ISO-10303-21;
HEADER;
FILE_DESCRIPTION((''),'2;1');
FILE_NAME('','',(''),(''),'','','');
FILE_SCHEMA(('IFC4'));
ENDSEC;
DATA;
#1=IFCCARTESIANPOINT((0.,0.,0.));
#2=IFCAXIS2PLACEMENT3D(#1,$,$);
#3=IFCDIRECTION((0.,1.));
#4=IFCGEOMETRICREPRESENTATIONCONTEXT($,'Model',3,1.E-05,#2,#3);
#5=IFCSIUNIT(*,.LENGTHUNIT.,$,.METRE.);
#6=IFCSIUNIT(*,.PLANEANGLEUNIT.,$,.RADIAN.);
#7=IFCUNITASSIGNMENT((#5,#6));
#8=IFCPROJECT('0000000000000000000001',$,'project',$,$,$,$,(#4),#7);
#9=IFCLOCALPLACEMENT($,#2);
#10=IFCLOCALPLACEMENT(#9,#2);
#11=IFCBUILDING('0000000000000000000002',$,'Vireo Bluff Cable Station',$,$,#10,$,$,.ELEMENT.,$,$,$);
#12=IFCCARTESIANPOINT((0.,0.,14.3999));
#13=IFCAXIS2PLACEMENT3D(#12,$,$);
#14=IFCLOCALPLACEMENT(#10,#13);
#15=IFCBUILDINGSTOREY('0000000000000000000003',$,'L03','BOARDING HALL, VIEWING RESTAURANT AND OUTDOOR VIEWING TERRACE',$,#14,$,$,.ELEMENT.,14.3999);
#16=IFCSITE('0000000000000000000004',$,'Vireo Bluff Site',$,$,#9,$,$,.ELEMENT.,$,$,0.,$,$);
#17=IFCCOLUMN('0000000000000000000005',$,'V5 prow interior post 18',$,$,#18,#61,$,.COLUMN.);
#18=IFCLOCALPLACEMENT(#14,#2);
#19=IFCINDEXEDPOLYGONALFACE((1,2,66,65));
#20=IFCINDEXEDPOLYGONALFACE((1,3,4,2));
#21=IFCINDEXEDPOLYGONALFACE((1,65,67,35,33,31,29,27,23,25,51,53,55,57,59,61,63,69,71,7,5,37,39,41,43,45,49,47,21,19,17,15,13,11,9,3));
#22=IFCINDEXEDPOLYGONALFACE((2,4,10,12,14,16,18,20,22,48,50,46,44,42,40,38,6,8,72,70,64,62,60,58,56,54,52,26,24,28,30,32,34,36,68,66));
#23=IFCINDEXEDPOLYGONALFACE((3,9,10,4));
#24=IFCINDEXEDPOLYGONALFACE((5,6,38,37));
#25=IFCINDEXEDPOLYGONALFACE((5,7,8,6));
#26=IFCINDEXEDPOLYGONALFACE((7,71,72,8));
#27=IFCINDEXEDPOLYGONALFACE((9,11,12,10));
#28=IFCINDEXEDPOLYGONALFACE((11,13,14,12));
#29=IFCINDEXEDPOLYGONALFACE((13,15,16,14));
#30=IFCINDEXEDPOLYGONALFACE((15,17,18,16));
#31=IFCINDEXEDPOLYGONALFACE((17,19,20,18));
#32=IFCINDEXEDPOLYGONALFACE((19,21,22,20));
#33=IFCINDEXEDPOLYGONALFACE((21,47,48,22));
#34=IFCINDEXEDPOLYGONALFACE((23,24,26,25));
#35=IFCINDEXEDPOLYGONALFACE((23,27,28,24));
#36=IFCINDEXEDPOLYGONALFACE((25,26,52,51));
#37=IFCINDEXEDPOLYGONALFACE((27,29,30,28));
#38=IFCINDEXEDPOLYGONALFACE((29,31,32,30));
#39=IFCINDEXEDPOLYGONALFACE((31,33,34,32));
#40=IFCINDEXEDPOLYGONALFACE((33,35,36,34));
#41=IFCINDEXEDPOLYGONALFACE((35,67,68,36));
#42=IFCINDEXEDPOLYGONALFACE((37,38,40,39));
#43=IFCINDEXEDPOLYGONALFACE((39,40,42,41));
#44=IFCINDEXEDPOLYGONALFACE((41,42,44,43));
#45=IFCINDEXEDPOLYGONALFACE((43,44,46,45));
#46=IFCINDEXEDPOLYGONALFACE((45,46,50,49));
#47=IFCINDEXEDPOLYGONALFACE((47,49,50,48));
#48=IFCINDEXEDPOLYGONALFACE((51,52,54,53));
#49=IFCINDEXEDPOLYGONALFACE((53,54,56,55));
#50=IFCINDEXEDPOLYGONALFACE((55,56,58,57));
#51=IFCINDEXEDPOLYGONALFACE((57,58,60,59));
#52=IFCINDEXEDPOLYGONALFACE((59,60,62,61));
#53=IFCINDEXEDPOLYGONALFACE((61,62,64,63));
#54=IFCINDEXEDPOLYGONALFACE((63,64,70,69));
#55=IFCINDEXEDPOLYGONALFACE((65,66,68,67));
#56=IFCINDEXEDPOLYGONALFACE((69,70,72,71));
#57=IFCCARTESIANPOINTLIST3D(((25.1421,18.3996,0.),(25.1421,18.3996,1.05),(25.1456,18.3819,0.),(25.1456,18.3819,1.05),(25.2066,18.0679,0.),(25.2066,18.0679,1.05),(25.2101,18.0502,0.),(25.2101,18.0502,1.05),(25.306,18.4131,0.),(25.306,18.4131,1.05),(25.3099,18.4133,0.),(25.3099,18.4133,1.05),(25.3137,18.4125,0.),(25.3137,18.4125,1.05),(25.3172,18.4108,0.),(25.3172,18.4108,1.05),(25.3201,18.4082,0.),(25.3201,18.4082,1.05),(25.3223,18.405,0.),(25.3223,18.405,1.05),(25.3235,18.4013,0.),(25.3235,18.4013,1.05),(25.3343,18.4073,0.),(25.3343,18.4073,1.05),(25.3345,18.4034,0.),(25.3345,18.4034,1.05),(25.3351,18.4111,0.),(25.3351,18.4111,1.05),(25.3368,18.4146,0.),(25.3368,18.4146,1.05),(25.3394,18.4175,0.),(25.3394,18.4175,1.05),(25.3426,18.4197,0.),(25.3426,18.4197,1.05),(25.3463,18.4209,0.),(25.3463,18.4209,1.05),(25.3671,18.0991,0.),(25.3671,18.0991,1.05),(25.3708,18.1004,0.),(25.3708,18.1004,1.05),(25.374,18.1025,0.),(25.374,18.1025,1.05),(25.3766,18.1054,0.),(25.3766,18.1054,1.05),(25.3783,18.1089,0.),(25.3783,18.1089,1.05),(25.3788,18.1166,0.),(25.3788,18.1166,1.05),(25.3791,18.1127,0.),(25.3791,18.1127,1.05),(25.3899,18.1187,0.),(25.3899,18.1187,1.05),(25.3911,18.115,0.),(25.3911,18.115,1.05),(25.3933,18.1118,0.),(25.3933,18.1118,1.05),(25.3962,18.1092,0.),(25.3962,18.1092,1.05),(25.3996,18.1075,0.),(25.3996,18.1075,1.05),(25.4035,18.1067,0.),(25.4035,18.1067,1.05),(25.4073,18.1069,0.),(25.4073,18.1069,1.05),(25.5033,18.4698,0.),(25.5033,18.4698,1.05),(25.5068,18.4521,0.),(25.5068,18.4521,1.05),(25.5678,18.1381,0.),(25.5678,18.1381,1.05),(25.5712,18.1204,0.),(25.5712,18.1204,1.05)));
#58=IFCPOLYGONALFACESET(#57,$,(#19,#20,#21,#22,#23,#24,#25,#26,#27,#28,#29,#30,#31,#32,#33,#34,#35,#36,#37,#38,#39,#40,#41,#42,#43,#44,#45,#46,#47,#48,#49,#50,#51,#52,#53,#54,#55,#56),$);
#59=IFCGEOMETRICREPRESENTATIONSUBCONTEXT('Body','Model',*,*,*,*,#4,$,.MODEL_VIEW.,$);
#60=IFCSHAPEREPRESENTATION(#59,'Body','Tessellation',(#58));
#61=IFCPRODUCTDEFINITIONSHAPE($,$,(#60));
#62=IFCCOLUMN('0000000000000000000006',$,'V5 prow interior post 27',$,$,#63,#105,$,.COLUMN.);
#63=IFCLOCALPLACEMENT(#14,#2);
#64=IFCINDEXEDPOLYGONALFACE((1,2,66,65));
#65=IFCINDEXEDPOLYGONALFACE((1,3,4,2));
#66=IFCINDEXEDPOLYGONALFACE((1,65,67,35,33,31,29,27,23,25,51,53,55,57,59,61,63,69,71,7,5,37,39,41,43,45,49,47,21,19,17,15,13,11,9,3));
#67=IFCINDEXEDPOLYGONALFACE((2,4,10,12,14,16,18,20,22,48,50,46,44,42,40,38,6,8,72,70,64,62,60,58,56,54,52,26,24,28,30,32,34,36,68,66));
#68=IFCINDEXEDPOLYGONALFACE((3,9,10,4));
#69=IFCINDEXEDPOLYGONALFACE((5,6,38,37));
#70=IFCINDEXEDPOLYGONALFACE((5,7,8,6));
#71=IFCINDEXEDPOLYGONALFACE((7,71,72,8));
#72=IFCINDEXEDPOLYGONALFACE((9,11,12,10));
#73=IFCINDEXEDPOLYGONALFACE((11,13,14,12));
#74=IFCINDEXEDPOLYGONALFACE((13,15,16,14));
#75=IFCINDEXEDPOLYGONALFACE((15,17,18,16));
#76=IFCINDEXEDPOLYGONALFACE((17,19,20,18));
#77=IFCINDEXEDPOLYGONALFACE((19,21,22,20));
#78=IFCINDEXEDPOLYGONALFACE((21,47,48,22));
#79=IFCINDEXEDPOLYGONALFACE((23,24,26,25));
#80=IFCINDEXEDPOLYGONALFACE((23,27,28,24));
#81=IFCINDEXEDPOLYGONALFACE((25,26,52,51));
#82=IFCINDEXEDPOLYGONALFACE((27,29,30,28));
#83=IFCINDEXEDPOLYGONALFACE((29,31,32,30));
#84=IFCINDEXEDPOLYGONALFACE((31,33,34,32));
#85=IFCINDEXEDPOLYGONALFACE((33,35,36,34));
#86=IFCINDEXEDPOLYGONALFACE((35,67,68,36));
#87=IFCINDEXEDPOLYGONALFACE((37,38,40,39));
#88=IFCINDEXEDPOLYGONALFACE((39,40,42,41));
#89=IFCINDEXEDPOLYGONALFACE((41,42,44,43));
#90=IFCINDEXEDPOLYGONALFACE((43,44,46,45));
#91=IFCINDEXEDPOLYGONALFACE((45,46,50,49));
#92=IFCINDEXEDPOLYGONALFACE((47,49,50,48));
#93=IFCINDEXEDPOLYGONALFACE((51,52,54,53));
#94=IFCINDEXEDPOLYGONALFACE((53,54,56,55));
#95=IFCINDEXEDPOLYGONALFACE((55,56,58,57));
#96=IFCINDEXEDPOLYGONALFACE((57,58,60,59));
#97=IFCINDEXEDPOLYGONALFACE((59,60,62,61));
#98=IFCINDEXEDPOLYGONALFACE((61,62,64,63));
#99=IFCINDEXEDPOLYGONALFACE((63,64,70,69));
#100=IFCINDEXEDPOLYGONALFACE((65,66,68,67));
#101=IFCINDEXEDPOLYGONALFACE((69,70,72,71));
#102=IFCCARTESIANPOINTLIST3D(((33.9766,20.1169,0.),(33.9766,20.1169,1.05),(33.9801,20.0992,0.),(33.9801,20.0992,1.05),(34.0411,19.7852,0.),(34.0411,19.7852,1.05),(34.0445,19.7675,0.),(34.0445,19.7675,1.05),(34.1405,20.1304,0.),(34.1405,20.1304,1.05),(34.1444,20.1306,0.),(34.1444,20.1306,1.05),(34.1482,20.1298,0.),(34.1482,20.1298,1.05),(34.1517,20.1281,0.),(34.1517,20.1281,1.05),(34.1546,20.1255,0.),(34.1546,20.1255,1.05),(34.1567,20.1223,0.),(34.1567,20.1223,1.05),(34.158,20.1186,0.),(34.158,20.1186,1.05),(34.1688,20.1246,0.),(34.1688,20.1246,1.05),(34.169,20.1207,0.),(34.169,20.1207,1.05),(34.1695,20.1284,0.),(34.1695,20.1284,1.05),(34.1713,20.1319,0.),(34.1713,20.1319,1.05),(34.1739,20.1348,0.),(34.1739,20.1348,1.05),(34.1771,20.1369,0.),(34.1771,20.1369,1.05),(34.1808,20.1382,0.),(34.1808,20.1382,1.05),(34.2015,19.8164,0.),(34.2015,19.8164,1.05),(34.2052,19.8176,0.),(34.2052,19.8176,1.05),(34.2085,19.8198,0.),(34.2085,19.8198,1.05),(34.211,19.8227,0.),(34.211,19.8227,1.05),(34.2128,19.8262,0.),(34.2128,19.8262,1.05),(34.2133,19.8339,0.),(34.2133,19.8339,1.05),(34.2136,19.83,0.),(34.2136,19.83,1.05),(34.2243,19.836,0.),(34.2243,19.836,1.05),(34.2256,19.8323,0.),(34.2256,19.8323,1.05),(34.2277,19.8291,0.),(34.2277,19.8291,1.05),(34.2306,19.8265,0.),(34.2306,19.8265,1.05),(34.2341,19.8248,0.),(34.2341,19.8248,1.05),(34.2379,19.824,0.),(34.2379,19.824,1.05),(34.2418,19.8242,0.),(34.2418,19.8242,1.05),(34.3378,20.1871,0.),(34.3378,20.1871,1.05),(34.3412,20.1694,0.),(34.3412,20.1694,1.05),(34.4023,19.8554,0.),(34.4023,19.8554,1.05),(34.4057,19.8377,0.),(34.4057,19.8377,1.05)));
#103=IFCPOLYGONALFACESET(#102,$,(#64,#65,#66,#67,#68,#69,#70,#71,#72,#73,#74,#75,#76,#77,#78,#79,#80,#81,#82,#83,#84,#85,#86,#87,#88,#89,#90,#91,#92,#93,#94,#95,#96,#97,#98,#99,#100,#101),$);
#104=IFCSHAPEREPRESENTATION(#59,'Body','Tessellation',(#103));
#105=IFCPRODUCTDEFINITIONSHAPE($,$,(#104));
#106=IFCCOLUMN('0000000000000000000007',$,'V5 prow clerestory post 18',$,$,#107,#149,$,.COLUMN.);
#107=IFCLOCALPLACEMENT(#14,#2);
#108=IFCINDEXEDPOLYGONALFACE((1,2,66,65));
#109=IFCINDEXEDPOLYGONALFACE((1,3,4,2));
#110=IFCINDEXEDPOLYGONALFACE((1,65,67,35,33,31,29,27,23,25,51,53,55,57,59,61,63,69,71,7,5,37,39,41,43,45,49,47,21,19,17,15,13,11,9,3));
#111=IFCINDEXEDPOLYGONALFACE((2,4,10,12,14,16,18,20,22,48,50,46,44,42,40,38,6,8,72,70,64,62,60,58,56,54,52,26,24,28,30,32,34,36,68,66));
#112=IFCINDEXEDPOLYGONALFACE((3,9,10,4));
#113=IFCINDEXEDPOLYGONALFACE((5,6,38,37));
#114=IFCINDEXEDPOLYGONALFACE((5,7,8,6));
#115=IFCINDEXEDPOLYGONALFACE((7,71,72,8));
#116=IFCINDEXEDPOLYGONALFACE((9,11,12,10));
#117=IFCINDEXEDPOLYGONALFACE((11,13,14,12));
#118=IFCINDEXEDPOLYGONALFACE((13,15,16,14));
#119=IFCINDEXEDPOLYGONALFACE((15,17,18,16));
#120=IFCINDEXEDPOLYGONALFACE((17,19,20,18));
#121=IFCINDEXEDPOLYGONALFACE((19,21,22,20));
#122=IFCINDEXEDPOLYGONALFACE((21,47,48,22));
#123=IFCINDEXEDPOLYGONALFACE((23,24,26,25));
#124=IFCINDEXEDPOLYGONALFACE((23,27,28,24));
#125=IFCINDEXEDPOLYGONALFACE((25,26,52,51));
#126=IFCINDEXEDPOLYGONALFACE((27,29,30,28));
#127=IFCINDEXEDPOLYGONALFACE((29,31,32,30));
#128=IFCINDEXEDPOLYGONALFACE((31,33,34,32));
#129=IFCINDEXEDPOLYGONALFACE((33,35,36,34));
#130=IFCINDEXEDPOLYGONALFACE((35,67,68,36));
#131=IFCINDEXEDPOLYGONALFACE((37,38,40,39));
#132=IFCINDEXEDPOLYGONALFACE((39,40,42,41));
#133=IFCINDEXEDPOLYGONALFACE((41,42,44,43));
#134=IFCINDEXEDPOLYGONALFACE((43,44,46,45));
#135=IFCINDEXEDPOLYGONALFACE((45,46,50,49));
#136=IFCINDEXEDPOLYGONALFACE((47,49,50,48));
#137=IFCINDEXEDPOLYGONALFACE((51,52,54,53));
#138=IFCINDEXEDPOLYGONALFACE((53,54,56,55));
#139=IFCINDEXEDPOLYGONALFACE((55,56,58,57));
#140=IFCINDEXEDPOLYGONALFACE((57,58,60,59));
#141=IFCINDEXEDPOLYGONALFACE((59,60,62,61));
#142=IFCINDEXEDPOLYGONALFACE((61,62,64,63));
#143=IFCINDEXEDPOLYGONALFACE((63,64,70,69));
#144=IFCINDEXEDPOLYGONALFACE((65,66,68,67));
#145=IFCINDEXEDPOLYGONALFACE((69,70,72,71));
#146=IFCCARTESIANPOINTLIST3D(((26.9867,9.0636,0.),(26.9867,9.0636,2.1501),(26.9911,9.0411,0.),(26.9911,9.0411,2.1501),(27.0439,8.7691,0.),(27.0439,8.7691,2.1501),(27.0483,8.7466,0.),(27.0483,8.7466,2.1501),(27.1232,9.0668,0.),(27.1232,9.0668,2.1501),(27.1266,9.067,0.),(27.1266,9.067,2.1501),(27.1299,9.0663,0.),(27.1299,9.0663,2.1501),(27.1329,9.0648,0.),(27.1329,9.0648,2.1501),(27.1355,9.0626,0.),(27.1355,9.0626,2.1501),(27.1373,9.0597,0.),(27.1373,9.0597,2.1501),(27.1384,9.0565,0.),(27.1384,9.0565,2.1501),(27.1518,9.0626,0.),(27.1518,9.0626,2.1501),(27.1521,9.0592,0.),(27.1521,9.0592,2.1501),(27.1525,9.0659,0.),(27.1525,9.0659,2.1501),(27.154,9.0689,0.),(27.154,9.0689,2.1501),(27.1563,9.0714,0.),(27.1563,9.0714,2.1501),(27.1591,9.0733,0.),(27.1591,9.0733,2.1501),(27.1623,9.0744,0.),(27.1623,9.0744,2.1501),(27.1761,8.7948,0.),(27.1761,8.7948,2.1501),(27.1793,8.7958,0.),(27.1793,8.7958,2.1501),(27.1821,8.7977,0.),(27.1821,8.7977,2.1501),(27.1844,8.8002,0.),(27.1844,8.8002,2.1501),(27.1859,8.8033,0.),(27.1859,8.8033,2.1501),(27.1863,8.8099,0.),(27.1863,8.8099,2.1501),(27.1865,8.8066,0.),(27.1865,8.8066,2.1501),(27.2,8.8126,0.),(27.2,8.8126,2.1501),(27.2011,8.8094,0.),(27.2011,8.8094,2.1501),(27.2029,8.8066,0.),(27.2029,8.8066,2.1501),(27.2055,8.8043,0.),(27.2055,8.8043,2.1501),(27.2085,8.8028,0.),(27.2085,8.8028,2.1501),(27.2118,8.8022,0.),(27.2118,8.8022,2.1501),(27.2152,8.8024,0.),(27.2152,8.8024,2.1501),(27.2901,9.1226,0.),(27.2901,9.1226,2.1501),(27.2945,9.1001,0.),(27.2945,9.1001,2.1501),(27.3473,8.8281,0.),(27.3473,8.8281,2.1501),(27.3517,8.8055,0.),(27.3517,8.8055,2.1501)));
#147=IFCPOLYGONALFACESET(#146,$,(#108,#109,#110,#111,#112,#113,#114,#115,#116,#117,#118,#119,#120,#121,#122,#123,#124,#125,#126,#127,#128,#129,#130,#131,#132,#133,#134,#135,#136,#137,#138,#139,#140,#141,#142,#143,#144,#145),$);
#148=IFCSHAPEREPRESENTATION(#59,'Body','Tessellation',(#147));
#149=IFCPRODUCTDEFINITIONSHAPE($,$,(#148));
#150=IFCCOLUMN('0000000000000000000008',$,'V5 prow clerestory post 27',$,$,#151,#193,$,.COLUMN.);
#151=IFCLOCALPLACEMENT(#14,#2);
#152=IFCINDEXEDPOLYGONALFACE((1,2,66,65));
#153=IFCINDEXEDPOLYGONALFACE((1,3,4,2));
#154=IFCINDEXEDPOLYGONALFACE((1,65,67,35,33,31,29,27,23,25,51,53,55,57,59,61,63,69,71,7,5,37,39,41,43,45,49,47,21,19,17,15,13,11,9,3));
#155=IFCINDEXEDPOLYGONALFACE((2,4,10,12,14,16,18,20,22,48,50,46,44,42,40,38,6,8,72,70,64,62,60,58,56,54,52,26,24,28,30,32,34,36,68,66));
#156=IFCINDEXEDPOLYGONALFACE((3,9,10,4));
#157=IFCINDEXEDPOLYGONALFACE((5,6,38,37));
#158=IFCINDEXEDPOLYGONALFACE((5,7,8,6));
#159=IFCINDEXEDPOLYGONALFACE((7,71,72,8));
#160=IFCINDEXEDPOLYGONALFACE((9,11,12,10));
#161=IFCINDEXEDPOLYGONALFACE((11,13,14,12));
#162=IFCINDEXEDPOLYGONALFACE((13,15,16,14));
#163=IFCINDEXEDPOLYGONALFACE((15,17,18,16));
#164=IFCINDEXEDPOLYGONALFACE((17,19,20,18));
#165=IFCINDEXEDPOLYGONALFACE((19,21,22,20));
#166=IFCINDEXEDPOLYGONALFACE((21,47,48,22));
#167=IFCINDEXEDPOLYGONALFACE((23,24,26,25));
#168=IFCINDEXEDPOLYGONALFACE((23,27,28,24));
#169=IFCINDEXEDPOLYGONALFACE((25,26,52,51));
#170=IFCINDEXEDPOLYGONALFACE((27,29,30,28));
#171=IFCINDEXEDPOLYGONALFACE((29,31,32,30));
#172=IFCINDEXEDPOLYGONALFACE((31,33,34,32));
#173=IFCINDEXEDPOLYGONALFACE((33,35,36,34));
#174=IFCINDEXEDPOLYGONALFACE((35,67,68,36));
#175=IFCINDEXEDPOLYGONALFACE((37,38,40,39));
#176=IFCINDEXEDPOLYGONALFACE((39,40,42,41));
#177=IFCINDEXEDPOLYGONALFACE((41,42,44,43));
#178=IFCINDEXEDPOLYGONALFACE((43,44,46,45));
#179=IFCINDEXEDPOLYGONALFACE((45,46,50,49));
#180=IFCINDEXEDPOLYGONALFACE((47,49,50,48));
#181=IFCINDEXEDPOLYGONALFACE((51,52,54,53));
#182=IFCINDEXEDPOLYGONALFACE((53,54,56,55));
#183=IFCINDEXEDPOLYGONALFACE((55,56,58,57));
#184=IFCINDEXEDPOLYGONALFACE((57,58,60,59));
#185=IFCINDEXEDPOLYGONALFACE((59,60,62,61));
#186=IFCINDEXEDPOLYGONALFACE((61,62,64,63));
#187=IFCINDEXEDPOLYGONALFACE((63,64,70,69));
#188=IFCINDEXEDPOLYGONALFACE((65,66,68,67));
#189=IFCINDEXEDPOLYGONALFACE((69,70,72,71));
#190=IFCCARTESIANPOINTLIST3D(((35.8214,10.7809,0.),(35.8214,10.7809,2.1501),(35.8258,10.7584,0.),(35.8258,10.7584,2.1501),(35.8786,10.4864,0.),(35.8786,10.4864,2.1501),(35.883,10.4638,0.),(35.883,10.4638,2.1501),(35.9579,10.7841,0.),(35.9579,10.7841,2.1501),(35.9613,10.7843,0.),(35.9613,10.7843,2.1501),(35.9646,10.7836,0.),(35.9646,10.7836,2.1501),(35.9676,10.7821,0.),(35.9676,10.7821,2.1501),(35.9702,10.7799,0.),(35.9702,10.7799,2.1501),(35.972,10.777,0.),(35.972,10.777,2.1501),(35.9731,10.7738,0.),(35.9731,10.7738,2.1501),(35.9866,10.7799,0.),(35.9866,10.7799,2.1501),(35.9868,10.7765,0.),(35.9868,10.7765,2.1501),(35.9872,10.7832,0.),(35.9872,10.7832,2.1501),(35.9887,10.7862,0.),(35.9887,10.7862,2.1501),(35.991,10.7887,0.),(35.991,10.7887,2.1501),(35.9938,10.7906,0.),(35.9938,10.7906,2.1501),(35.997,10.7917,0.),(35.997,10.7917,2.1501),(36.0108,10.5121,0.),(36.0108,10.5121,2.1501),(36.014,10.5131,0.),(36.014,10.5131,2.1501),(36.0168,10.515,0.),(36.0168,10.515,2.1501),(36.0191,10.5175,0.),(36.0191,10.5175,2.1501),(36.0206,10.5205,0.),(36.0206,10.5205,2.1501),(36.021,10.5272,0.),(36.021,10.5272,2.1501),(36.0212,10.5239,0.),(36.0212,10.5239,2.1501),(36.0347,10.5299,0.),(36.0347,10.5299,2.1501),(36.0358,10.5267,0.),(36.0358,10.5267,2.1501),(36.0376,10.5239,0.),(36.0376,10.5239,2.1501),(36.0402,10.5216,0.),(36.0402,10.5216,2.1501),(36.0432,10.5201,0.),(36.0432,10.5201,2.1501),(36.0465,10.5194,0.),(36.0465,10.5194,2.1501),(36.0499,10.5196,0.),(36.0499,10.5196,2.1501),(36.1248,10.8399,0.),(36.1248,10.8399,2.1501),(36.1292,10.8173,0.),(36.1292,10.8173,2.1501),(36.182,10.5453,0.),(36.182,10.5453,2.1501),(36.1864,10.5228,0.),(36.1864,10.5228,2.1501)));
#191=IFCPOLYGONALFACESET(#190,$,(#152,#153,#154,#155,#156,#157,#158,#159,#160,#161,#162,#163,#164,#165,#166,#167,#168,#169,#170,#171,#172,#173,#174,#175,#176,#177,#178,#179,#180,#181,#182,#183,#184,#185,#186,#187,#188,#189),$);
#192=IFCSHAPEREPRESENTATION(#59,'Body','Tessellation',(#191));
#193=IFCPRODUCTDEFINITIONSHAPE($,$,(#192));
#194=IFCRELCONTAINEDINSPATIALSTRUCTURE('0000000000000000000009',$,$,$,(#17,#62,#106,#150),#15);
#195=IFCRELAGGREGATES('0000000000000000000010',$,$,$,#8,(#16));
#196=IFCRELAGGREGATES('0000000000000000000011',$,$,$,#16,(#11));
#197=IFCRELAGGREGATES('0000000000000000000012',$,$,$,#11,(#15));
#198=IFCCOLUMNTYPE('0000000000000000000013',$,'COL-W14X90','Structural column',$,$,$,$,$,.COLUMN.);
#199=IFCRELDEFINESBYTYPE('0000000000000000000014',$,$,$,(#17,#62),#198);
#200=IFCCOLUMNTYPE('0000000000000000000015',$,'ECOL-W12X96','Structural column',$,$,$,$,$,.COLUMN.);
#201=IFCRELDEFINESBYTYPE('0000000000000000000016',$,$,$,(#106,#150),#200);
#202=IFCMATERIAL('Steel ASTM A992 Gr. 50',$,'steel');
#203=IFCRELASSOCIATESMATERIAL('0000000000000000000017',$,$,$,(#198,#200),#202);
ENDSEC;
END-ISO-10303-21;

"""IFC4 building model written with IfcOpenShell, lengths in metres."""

from ifc_helpers import new_model, si_unit, direction, frame, origin, origin_2d, place, context, subcontext, project, spatial, i_section, extrude, material, material_profile, profile_set, type_object, element, save


model = new_model("IFC4")

# Units and contexts
model_context = context("Model", 3, precision=1e-05, world=origin(), true_north=direction((0.0, 1.0)))
body_context = subcontext(model_context, "Body", "Model", "MODEL_VIEW")
ifc_project = project(units=[si_unit("LENGTHUNIT", "METRE"), si_unit("PLANEANGLEUNIT", "RADIAN")], contexts=[model_context])

# Site, building, storey
site_placement = place(None, origin())
site = spatial("IfcSite", under=ifc_project, at=site_placement, Name="Vireo Bluff Site", CompositionType="ELEMENT", RefElevation=0.0)
building_placement = place(site_placement, origin())
building = spatial("IfcBuilding", under=site, at=building_placement, Name="Vireo Bluff Cable Station", CompositionType="ELEMENT")
storey_placement = place(building_placement, frame((0.0, 0.0, 14.3999)))
storey = spatial("IfcBuildingStorey", under=building, at=storey_placement, Name="L03", Description="BOARDING HALL, VIEWING RESTAURANT AND OUTDOOR VIEWING TERRACE", CompositionType="ELEMENT", Elevation=14.3999)

# Columns
ifc_material_1 = material(Name="Steel ASTM A992 Gr. 50", Category="steel")
ifc_material_profile_1 = material_profile(ifc_material_1, i_section(OverallWidth=0.3679, OverallDepth=0.356, WebThickness=0.0112, FlangeThickness=0.0181, FilletRadius=0.0149, at=origin_2d()), Name="W14X90")
ifc_profile_set_1 = profile_set([ifc_material_profile_1], Name="Steel ASTM A992 Gr. 50")
column_type_1 = type_object("IfcColumnType", Name="COL-W14X90", Description="Structural column", PredefinedType="COLUMN", material=ifc_profile_set_1)
for number, where, z_axis, x_axis, name in (
    (1, (25.3567, 18.26, 0.0), (0.0, 0.0, 1.0), (0.981627, 0.190809, 0.0), "V5 prow interior post 18"),
    (2, (34.1912, 19.9773, 0.0), (0.0, 0.0, 1.0), (0.981627, 0.190809, 0.0), "V5 prow interior post 27"),
):
    element("IfcColumn", number, at=place(storey_placement, frame(where, z_axis=z_axis, x_axis=x_axis)), inside=storey, type_object=column_type_1, Name=name, PredefinedType="COLUMN", context=body_context, shape_type="SweptSolid", body=[
        extrude(i_section(OverallWidth=0.3679, OverallDepth=0.356, WebThickness=0.0112, FlangeThickness=0.0181, FilletRadius=0.0149, at=origin_2d()), origin(), (0.0, 0.0, 1.0), 1.05),
    ])
ifc_material_profile_2 = material_profile(ifc_material_1, i_section(OverallWidth=0.3091, OverallDepth=0.323, WebThickness=0.0139, FlangeThickness=0.0229, FilletRadius=0.0129, at=origin_2d()), Name="W12X96")
ifc_profile_set_2 = profile_set([ifc_material_profile_2], Name="Steel ASTM A992 Gr. 50")
column_type_2 = type_object("IfcColumnType", Name="ECOL-W12X96", Description="Structural column", PredefinedType="COLUMN", material=ifc_profile_set_2)
for number, where, z_axis, x_axis, name in (
    (3, (27.1692, 8.9346, 0.0), (0.0, 0.0, 1.0), (0.981627, 0.190809, 0.0), "V5 prow clerestory post 18"),
    (4, (36.0039, 10.6519, 0.0), (0.0, 0.0, 1.0), (0.981627, 0.190809, 0.0), "V5 prow clerestory post 27"),
):
    element("IfcColumn", number, at=place(storey_placement, frame(where, z_axis=z_axis, x_axis=x_axis)), inside=storey, type_object=column_type_2, Name=name, PredefinedType="COLUMN", context=body_context, shape_type="SweptSolid", body=[
        extrude(i_section(OverallWidth=0.3091, OverallDepth=0.323, WebThickness=0.0139, FlangeThickness=0.0229, FilletRadius=0.0129, at=origin_2d()), origin(), (0.0, 0.0, 1.0), 2.1501),
    ])

save(model, "model.ifc")
